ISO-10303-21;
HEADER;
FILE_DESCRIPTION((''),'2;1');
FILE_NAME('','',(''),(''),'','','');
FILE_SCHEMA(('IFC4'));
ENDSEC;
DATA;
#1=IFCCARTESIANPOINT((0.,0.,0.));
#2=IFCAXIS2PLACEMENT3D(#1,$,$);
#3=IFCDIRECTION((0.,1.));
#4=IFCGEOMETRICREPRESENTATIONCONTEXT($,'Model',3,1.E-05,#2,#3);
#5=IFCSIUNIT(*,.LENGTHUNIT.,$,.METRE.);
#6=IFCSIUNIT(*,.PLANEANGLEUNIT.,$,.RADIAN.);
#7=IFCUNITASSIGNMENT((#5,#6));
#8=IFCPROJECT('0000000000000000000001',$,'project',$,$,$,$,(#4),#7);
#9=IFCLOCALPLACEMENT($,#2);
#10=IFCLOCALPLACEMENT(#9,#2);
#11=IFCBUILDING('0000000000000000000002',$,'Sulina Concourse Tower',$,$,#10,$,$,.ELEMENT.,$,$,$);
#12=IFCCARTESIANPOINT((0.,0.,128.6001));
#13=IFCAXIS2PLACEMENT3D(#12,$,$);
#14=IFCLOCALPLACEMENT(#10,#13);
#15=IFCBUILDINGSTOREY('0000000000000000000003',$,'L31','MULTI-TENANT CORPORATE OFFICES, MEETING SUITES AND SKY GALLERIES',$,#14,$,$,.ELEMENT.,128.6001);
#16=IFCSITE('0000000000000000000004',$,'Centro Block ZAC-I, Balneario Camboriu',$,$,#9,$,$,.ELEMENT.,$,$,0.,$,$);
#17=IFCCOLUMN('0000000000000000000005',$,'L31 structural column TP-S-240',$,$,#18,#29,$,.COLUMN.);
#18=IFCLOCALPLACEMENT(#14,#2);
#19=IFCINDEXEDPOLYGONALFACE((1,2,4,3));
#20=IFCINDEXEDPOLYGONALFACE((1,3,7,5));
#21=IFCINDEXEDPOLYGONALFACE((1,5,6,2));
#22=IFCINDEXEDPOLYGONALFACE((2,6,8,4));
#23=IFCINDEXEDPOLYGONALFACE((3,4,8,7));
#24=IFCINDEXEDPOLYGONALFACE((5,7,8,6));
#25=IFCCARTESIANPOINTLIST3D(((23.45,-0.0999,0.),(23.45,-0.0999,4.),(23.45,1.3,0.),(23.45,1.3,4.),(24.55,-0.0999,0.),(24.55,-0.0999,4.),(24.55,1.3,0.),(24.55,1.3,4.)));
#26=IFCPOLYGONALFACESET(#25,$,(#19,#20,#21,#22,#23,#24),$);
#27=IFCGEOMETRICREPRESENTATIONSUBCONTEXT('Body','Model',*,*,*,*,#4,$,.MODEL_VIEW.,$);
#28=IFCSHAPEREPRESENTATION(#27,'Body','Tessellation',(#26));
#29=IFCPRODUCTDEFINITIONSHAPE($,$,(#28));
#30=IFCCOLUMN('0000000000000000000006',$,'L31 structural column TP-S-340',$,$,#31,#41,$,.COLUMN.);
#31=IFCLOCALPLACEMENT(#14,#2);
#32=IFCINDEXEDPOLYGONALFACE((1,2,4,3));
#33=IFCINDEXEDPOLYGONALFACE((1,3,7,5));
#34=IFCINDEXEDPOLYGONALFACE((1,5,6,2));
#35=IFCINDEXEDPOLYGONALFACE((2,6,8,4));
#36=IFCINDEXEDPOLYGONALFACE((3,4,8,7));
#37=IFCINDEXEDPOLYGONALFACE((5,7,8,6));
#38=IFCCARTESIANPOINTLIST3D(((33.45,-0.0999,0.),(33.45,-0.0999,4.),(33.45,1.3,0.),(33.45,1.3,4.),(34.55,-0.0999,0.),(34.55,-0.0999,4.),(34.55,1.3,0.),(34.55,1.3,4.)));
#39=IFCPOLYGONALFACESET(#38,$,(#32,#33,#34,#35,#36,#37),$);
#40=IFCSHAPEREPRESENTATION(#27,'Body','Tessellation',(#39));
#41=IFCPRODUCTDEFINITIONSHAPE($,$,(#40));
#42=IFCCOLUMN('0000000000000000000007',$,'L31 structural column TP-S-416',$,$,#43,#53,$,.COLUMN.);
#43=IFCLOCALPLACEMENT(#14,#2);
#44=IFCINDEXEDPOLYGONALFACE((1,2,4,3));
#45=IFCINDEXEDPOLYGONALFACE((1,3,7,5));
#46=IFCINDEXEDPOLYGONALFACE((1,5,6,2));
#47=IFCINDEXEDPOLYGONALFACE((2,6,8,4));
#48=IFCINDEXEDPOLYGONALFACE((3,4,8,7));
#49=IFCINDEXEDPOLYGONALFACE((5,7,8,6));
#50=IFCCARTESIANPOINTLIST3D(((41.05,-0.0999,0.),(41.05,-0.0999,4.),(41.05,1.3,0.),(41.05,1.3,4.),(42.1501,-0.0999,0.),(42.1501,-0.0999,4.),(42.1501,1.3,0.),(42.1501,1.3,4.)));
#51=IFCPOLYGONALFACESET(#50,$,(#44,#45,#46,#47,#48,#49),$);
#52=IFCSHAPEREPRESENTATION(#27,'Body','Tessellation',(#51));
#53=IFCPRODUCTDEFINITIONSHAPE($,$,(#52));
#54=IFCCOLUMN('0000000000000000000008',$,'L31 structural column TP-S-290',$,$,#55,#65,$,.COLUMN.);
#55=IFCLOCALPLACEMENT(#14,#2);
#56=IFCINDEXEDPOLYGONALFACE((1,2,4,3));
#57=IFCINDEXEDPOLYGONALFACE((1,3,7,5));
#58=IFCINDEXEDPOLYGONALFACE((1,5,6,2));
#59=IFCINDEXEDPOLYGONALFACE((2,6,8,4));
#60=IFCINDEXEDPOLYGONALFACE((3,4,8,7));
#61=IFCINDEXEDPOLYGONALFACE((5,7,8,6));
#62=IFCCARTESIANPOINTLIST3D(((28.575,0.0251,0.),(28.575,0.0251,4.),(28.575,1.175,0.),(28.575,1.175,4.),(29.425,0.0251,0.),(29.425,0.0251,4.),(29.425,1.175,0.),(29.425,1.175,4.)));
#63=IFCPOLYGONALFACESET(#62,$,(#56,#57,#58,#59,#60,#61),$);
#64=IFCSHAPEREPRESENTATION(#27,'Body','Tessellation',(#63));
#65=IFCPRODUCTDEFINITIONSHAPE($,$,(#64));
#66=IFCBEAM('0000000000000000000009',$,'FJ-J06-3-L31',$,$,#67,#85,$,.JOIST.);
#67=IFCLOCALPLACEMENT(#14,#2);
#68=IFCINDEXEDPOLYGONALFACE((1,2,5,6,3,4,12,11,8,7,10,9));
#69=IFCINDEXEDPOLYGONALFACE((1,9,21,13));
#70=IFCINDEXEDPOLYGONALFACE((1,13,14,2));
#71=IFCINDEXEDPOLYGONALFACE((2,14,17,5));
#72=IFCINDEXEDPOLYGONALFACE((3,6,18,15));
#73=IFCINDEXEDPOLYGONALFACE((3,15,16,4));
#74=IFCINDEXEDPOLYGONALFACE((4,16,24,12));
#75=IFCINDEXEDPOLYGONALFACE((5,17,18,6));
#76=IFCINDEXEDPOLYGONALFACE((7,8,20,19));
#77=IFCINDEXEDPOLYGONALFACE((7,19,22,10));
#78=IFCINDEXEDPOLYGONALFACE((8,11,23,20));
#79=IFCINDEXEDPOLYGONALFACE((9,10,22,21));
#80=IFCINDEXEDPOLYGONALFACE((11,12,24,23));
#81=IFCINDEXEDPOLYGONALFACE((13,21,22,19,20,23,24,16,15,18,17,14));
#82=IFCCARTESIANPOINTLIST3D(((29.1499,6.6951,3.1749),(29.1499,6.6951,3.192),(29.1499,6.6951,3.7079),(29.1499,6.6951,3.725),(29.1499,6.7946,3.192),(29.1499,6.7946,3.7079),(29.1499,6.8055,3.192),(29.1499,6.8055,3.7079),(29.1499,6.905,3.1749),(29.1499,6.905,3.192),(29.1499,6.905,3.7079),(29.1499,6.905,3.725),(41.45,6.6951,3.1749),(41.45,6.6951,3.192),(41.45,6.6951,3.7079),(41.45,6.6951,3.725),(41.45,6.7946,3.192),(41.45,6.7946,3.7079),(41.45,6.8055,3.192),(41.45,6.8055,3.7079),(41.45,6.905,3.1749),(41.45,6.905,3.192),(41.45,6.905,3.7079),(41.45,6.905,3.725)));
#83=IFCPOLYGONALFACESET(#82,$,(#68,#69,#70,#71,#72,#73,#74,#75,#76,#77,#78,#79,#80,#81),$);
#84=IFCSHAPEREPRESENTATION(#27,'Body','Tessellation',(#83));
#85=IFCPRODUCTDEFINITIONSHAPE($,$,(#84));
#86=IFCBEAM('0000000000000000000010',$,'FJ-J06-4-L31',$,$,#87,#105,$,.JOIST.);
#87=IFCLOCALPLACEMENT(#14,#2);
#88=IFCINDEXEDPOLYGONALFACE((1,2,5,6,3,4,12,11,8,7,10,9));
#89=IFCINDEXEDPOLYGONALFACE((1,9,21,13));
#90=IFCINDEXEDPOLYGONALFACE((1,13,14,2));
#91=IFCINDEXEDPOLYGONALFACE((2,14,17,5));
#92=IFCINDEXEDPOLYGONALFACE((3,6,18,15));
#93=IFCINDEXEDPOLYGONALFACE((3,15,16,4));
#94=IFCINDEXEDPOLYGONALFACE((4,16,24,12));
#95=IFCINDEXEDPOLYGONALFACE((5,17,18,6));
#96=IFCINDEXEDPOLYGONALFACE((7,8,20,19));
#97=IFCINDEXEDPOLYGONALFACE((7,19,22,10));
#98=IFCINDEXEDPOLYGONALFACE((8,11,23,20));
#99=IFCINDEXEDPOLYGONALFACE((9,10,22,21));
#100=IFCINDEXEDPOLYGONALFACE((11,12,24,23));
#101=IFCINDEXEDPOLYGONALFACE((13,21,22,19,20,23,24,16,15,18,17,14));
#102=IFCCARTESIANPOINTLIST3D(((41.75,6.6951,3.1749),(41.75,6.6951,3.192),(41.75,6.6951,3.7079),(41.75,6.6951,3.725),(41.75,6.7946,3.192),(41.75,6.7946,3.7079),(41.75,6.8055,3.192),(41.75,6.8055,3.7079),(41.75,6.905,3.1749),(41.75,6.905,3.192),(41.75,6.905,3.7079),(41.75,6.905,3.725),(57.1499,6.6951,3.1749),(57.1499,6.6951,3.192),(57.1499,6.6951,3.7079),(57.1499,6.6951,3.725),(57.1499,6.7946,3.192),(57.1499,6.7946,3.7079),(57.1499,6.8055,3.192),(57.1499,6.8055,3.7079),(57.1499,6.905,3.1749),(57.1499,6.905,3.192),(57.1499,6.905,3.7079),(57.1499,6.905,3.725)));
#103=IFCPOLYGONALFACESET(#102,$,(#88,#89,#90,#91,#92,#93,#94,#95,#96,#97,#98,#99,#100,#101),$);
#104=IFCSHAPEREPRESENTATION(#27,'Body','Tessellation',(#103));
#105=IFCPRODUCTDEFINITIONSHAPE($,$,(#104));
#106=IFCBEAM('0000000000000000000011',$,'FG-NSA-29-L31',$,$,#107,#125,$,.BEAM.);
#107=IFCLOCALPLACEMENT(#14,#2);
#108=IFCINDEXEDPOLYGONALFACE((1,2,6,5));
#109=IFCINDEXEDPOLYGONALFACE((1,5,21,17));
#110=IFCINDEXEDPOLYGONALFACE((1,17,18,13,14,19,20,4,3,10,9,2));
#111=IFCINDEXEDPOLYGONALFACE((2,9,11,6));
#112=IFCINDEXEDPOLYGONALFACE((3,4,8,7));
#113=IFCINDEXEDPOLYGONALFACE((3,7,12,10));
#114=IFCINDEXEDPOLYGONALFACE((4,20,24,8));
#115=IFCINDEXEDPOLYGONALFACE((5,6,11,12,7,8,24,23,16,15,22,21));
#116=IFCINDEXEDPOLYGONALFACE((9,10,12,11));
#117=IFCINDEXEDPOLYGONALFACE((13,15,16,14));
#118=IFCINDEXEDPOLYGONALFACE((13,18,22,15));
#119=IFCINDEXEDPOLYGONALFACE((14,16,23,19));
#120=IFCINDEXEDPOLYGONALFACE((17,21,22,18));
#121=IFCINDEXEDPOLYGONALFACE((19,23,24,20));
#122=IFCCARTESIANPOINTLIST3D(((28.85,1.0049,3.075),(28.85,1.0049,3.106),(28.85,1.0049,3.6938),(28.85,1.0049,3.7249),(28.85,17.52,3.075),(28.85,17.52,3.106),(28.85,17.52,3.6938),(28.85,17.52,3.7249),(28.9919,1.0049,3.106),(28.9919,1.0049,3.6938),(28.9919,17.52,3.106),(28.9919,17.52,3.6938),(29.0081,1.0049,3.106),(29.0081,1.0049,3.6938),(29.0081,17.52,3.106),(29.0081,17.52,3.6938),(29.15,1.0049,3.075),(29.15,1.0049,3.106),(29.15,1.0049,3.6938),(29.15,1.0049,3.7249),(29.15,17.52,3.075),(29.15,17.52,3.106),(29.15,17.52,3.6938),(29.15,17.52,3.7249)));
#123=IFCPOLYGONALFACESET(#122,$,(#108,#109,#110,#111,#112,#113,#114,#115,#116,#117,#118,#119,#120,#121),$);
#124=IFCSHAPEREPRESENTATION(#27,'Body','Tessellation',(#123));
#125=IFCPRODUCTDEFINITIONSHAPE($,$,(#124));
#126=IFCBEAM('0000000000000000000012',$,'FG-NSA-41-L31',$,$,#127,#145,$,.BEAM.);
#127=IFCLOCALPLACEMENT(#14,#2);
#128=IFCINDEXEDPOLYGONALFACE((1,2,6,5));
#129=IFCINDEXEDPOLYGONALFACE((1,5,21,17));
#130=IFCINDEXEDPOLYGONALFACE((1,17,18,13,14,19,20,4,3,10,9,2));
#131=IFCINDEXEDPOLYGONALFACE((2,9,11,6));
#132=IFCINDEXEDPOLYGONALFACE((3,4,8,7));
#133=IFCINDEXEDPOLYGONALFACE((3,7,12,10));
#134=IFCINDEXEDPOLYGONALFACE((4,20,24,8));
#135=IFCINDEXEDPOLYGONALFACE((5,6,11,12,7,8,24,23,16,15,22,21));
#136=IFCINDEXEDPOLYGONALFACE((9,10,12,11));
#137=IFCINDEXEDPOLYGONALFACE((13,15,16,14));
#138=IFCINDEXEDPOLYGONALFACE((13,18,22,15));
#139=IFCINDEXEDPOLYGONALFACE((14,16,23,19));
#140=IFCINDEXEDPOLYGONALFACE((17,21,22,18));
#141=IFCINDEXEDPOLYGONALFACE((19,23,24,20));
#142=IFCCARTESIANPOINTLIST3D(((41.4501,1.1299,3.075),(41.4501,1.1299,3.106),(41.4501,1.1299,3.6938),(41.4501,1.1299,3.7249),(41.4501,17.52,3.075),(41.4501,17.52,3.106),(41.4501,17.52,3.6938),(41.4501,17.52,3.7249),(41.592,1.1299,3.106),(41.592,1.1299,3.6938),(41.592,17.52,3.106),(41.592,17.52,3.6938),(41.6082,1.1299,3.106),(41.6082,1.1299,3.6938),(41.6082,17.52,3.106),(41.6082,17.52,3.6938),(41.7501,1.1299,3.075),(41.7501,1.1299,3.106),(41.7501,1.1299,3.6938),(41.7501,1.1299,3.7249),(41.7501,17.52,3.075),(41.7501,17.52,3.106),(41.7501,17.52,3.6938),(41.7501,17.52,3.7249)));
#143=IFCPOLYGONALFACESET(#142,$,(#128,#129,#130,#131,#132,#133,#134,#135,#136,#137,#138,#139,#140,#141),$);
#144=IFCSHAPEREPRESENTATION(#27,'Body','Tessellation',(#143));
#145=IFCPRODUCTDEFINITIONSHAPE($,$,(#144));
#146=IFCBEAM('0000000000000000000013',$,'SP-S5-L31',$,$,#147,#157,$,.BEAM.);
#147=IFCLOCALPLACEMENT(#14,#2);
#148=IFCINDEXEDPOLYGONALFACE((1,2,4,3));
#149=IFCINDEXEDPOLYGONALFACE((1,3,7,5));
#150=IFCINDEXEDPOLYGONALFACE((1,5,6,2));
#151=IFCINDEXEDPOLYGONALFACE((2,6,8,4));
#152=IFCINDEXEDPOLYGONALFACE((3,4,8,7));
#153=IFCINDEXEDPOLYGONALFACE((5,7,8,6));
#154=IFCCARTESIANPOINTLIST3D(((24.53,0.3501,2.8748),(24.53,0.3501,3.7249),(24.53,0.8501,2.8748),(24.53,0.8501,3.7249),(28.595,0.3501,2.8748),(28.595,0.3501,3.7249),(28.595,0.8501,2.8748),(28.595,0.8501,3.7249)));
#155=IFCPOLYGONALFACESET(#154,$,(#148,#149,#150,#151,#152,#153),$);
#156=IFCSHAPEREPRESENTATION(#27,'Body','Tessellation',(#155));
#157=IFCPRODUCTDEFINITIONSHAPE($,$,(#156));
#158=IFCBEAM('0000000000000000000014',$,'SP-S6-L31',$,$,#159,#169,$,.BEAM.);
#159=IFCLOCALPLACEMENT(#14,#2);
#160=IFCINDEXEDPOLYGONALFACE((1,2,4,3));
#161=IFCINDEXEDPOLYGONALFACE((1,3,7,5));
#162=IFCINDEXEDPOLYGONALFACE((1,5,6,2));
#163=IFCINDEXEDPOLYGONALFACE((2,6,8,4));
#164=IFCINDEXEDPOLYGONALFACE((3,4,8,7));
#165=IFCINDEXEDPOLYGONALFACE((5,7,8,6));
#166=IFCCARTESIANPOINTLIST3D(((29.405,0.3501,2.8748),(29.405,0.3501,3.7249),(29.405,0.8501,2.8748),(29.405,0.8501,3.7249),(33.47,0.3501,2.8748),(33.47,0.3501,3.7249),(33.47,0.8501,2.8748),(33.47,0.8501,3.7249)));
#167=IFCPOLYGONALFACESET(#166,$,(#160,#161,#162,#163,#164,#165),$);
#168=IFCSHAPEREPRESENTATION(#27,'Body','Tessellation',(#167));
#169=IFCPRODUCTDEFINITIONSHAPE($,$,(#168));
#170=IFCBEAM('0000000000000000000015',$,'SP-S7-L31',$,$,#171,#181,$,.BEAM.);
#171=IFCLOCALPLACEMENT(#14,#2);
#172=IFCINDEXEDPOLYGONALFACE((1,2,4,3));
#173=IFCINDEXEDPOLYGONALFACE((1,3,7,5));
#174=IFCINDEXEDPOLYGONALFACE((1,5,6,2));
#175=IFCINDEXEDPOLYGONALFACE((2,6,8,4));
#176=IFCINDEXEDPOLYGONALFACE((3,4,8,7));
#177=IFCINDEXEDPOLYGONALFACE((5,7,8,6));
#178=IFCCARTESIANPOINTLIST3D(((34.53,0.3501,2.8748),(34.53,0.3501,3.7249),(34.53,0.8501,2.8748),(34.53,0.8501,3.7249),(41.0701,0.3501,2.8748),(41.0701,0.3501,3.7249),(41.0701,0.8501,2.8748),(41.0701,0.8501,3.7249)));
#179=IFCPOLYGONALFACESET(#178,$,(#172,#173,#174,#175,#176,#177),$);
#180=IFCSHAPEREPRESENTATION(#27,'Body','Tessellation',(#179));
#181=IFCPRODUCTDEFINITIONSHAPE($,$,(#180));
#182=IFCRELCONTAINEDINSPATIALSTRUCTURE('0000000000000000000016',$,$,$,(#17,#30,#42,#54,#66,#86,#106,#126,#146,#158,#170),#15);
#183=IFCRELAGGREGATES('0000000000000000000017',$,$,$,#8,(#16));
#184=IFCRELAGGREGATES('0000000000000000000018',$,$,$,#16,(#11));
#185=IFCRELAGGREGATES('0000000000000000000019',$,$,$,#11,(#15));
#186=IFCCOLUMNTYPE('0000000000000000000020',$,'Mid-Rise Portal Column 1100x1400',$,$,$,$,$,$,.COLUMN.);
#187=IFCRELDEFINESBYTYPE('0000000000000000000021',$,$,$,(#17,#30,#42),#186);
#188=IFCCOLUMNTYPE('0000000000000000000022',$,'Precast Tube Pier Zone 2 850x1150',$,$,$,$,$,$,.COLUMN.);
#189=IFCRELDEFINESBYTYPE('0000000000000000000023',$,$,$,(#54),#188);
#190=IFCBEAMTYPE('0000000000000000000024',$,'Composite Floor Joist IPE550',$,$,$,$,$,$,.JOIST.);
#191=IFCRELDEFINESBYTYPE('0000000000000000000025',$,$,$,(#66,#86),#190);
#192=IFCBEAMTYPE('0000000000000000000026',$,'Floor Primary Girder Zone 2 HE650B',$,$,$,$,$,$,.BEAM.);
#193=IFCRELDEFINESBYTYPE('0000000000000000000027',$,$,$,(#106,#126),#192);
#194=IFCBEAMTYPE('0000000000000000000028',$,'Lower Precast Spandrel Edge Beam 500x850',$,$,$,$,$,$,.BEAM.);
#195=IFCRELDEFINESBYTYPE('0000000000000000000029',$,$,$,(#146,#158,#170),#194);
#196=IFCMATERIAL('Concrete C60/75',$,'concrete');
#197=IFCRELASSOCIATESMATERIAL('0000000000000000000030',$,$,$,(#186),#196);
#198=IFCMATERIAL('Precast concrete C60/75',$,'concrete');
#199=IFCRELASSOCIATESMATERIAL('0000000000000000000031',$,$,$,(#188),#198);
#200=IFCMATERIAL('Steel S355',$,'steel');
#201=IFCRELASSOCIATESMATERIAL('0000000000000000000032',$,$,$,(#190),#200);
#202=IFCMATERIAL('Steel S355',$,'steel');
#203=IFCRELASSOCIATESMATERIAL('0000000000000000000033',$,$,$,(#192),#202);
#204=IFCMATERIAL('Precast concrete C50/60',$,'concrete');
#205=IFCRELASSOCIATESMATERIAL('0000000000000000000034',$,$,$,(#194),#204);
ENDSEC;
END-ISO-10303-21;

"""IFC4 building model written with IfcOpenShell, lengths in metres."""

from ifc_helpers import new_model, si_unit, direction, frame, origin, origin_2d, place, context, subcontext, project, spatial, rectangle, i_section, extrude, material, material_profile, profile_set, type_object, element, save


model = new_model("IFC4")

# Units and contexts
model_context = context("Model", 3, precision=1e-05, world=origin(), true_north=direction((0.0, 1.0)))
body_context = subcontext(model_context, "Body", "Model", "MODEL_VIEW")
ifc_project = project(units=[si_unit("LENGTHUNIT", "METRE"), si_unit("PLANEANGLEUNIT", "RADIAN")], contexts=[model_context])

# Site, building, storey
site_placement = place(None, origin())
site = spatial("IfcSite", under=ifc_project, at=site_placement, Name="Centro Block ZAC-I, Balneario Camboriu", CompositionType="ELEMENT", RefElevation=0.0)
building_placement = place(site_placement, origin())
building = spatial("IfcBuilding", under=site, at=building_placement, Name="Sulina Concourse Tower", CompositionType="ELEMENT")
storey_placement = place(building_placement, frame((0.0, 0.0, 128.6001)))
storey = spatial("IfcBuildingStorey", under=building, at=storey_placement, Name="L31", Description="MULTI-TENANT CORPORATE OFFICES, MEETING SUITES AND SKY GALLERIES", CompositionType="ELEMENT", Elevation=128.6001)

# Columns
ifc_material_1 = material(Name="Concrete C60/75", Category="concrete")
ifc_material_profile_1 = material_profile(ifc_material_1, rectangle(XDim=1.1001, YDim=1.3999, at=origin_2d()), Name="RC 1100x1400")
ifc_profile_set_1 = profile_set([ifc_material_profile_1], Name="Concrete C60/75")
column_type_1 = type_object("IfcColumnType", Name="Mid-Rise Portal Column 1100x1400", PredefinedType="COLUMN", material=ifc_profile_set_1)
for number, where, z_axis, x_axis, name in (
    (1, (24.0, 0.6001, 0.0), (0.0, 0.0, 1.0), (1.0, 0.0, 0.0), "L31 structural column TP-S-240"),
    (2, (34.0, 0.6001, 0.0), (0.0, 0.0, 1.0), (1.0, 0.0, 0.0), "L31 structural column TP-S-340"),
    (3, (41.6001, 0.6001, 0.0), (0.0, 0.0, 1.0), (1.0, 0.0, 0.0), "L31 structural column TP-S-416"),
):
    element("IfcColumn", number, at=place(storey_placement, frame(where, z_axis=z_axis, x_axis=x_axis)), inside=storey, type_object=column_type_1, Name=name, PredefinedType="COLUMN", context=body_context, shape_type="SweptSolid", body=[
        extrude(rectangle(XDim=1.1001, YDim=1.3999, at=origin_2d()), origin(), (0.0, 0.0, 1.0), 4.0),
    ])
ifc_material_2 = material(Name="Precast concrete C60/75", Category="concrete")
ifc_material_profile_2 = material_profile(ifc_material_2, rectangle(XDim=0.8501, YDim=1.1499, at=origin_2d()), Name="PC 850x1150")
ifc_profile_set_2 = profile_set([ifc_material_profile_2], Name="Precast concrete C60/75")
column_type_2 = type_object("IfcColumnType", Name="Precast Tube Pier Zone 2 850x1150", PredefinedType="COLUMN", material=ifc_profile_set_2)
column_placement = place(storey_placement, frame((29.0, 0.6001, 0.0), z_axis=(0.0, 0.0, 1.0), x_axis=(1.0, 0.0, 0.0)))
element("IfcColumn", 4, at=column_placement, inside=storey, type_object=column_type_2, Name="L31 structural column TP-S-290", PredefinedType="COLUMN", context=body_context, shape_type="SweptSolid", body=[
    extrude(rectangle(XDim=0.8501, YDim=1.1499, at=origin_2d()), origin(), (0.0, 0.0, 1.0), 4.0),
])

# Beams
ifc_material_3 = material(Name="Steel S355", Category="steel")
ifc_material_profile_3 = material_profile(ifc_material_3, i_section(OverallWidth=0.21, OverallDepth=0.55, WebThickness=0.011, FlangeThickness=0.0171, at=origin_2d()), Name="IPE 550")
ifc_profile_set_3 = profile_set([ifc_material_profile_3], Name="Steel S355")
beam_type_1 = type_object("IfcBeamType", Name="Composite Floor Joist IPE550", PredefinedType="JOIST", material=ifc_profile_set_3)
beam_1_placement = place(storey_placement, frame((29.1499, 6.8, 3.45), z_axis=(1.0, 0.0, 0.0), x_axis=(0.0, 1.0, 0.0)))
element("IfcBeam", 5, at=beam_1_placement, inside=storey, type_object=beam_type_1, Name="FJ-J06-3-L31", PredefinedType="JOIST", context=body_context, shape_type="SweptSolid", body=[
    extrude(i_section(OverallWidth=0.21, OverallDepth=0.55, WebThickness=0.011, FlangeThickness=0.0171, at=origin_2d()), origin(), (0.0, 0.0, 1.0), 12.3),
])
beam_2_placement = place(storey_placement, frame((41.75, 6.8, 3.45), z_axis=(1.0, 0.0, 0.0), x_axis=(0.0, 1.0, 0.0)))
element("IfcBeam", 6, at=beam_2_placement, inside=storey, type_object=beam_type_1, Name="FJ-J06-4-L31", PredefinedType="JOIST", context=body_context, shape_type="SweptSolid", body=[
    extrude(i_section(OverallWidth=0.21, OverallDepth=0.55, WebThickness=0.011, FlangeThickness=0.0171, at=origin_2d()), origin(), (0.0, 0.0, 1.0), 15.3999),
])
ifc_material_4 = material(Name="Steel S355", Category="steel")
ifc_material_profile_4 = material_profile(ifc_material_4, i_section(OverallWidth=0.3, OverallDepth=0.6499, WebThickness=0.0161, FlangeThickness=0.031, at=origin_2d()), Name="HE 650 B")
ifc_profile_set_4 = profile_set([ifc_material_profile_4], Name="Steel S355")
beam_type_2 = type_object("IfcBeamType", Name="Floor Primary Girder Zone 2 HE650B", PredefinedType="BEAM", material=ifc_profile_set_4)
beam_3_placement = place(storey_placement, frame((29.0, 1.0049, 3.3999), z_axis=(0.0, 1.0, 0.0), x_axis=(-1.0, 0.0, 0.0)))
element("IfcBeam", 7, at=beam_3_placement, inside=storey, type_object=beam_type_2, Name="FG-NSA-29-L31", PredefinedType="BEAM", context=body_context, shape_type="SweptSolid", body=[
    extrude(i_section(OverallWidth=0.3, OverallDepth=0.6499, WebThickness=0.0161, FlangeThickness=0.031, at=origin_2d()), origin(), (0.0, 0.0, 1.0), 16.5151),
])
beam_4_placement = place(storey_placement, frame((41.6001, 1.1299, 3.3999), z_axis=(0.0, 1.0, 0.0), x_axis=(-1.0, 0.0, 0.0)))
element("IfcBeam", 8, at=beam_4_placement, inside=storey, type_object=beam_type_2, Name="FG-NSA-41-L31", PredefinedType="BEAM", context=body_context, shape_type="SweptSolid", body=[
    extrude(i_section(OverallWidth=0.3, OverallDepth=0.6499, WebThickness=0.0161, FlangeThickness=0.031, at=origin_2d()), origin(), (0.0, 0.0, 1.0), 16.3901),
])
ifc_material_5 = material(Name="Precast concrete C50/60", Category="concrete")
ifc_material_profile_5 = material_profile(ifc_material_5, rectangle(XDim=0.5, YDim=0.8501, at=origin_2d()), Name="RC 500x850")
ifc_profile_set_5 = profile_set([ifc_material_profile_5], Name="Precast concrete C50/60")
beam_type_3 = type_object("IfcBeamType", Name="Lower Precast Spandrel Edge Beam 500x850", PredefinedType="BEAM", material=ifc_profile_set_5)
for number, where, z_axis, x_axis, name in (
    (9, (24.53, 0.6001, 3.2998), (1.0, 0.0, 0.0), (0.0, 1.0, 0.0), "SP-S5-L31"),
    (10, (29.405, 0.6001, 3.2998), (1.0, 0.0, 0.0), (0.0, 1.0, 0.0), "SP-S6-L31"),
):
    element("IfcBeam", number, at=place(storey_placement, frame(where, z_axis=z_axis, x_axis=x_axis)), inside=storey, type_object=beam_type_3, Name=name, PredefinedType="BEAM", context=body_context, shape_type="SweptSolid", body=[
        extrude(rectangle(XDim=0.5, YDim=0.8501, at=origin_2d()), origin(), (0.0, 0.0, 1.0), 4.0649),
    ])
beam_5_placement = place(storey_placement, frame((34.53, 0.6001, 3.2998), z_axis=(1.0, 0.0, 0.0), x_axis=(0.0, 1.0, 0.0)))
element("IfcBeam", 11, at=beam_5_placement, inside=storey, type_object=beam_type_3, Name="SP-S7-L31", PredefinedType="BEAM", context=body_context, shape_type="SweptSolid", body=[
    extrude(rectangle(XDim=0.5, YDim=0.8501, at=origin_2d()), origin(), (0.0, 0.0, 1.0), 6.54),
])

save(model, "model.ifc")
